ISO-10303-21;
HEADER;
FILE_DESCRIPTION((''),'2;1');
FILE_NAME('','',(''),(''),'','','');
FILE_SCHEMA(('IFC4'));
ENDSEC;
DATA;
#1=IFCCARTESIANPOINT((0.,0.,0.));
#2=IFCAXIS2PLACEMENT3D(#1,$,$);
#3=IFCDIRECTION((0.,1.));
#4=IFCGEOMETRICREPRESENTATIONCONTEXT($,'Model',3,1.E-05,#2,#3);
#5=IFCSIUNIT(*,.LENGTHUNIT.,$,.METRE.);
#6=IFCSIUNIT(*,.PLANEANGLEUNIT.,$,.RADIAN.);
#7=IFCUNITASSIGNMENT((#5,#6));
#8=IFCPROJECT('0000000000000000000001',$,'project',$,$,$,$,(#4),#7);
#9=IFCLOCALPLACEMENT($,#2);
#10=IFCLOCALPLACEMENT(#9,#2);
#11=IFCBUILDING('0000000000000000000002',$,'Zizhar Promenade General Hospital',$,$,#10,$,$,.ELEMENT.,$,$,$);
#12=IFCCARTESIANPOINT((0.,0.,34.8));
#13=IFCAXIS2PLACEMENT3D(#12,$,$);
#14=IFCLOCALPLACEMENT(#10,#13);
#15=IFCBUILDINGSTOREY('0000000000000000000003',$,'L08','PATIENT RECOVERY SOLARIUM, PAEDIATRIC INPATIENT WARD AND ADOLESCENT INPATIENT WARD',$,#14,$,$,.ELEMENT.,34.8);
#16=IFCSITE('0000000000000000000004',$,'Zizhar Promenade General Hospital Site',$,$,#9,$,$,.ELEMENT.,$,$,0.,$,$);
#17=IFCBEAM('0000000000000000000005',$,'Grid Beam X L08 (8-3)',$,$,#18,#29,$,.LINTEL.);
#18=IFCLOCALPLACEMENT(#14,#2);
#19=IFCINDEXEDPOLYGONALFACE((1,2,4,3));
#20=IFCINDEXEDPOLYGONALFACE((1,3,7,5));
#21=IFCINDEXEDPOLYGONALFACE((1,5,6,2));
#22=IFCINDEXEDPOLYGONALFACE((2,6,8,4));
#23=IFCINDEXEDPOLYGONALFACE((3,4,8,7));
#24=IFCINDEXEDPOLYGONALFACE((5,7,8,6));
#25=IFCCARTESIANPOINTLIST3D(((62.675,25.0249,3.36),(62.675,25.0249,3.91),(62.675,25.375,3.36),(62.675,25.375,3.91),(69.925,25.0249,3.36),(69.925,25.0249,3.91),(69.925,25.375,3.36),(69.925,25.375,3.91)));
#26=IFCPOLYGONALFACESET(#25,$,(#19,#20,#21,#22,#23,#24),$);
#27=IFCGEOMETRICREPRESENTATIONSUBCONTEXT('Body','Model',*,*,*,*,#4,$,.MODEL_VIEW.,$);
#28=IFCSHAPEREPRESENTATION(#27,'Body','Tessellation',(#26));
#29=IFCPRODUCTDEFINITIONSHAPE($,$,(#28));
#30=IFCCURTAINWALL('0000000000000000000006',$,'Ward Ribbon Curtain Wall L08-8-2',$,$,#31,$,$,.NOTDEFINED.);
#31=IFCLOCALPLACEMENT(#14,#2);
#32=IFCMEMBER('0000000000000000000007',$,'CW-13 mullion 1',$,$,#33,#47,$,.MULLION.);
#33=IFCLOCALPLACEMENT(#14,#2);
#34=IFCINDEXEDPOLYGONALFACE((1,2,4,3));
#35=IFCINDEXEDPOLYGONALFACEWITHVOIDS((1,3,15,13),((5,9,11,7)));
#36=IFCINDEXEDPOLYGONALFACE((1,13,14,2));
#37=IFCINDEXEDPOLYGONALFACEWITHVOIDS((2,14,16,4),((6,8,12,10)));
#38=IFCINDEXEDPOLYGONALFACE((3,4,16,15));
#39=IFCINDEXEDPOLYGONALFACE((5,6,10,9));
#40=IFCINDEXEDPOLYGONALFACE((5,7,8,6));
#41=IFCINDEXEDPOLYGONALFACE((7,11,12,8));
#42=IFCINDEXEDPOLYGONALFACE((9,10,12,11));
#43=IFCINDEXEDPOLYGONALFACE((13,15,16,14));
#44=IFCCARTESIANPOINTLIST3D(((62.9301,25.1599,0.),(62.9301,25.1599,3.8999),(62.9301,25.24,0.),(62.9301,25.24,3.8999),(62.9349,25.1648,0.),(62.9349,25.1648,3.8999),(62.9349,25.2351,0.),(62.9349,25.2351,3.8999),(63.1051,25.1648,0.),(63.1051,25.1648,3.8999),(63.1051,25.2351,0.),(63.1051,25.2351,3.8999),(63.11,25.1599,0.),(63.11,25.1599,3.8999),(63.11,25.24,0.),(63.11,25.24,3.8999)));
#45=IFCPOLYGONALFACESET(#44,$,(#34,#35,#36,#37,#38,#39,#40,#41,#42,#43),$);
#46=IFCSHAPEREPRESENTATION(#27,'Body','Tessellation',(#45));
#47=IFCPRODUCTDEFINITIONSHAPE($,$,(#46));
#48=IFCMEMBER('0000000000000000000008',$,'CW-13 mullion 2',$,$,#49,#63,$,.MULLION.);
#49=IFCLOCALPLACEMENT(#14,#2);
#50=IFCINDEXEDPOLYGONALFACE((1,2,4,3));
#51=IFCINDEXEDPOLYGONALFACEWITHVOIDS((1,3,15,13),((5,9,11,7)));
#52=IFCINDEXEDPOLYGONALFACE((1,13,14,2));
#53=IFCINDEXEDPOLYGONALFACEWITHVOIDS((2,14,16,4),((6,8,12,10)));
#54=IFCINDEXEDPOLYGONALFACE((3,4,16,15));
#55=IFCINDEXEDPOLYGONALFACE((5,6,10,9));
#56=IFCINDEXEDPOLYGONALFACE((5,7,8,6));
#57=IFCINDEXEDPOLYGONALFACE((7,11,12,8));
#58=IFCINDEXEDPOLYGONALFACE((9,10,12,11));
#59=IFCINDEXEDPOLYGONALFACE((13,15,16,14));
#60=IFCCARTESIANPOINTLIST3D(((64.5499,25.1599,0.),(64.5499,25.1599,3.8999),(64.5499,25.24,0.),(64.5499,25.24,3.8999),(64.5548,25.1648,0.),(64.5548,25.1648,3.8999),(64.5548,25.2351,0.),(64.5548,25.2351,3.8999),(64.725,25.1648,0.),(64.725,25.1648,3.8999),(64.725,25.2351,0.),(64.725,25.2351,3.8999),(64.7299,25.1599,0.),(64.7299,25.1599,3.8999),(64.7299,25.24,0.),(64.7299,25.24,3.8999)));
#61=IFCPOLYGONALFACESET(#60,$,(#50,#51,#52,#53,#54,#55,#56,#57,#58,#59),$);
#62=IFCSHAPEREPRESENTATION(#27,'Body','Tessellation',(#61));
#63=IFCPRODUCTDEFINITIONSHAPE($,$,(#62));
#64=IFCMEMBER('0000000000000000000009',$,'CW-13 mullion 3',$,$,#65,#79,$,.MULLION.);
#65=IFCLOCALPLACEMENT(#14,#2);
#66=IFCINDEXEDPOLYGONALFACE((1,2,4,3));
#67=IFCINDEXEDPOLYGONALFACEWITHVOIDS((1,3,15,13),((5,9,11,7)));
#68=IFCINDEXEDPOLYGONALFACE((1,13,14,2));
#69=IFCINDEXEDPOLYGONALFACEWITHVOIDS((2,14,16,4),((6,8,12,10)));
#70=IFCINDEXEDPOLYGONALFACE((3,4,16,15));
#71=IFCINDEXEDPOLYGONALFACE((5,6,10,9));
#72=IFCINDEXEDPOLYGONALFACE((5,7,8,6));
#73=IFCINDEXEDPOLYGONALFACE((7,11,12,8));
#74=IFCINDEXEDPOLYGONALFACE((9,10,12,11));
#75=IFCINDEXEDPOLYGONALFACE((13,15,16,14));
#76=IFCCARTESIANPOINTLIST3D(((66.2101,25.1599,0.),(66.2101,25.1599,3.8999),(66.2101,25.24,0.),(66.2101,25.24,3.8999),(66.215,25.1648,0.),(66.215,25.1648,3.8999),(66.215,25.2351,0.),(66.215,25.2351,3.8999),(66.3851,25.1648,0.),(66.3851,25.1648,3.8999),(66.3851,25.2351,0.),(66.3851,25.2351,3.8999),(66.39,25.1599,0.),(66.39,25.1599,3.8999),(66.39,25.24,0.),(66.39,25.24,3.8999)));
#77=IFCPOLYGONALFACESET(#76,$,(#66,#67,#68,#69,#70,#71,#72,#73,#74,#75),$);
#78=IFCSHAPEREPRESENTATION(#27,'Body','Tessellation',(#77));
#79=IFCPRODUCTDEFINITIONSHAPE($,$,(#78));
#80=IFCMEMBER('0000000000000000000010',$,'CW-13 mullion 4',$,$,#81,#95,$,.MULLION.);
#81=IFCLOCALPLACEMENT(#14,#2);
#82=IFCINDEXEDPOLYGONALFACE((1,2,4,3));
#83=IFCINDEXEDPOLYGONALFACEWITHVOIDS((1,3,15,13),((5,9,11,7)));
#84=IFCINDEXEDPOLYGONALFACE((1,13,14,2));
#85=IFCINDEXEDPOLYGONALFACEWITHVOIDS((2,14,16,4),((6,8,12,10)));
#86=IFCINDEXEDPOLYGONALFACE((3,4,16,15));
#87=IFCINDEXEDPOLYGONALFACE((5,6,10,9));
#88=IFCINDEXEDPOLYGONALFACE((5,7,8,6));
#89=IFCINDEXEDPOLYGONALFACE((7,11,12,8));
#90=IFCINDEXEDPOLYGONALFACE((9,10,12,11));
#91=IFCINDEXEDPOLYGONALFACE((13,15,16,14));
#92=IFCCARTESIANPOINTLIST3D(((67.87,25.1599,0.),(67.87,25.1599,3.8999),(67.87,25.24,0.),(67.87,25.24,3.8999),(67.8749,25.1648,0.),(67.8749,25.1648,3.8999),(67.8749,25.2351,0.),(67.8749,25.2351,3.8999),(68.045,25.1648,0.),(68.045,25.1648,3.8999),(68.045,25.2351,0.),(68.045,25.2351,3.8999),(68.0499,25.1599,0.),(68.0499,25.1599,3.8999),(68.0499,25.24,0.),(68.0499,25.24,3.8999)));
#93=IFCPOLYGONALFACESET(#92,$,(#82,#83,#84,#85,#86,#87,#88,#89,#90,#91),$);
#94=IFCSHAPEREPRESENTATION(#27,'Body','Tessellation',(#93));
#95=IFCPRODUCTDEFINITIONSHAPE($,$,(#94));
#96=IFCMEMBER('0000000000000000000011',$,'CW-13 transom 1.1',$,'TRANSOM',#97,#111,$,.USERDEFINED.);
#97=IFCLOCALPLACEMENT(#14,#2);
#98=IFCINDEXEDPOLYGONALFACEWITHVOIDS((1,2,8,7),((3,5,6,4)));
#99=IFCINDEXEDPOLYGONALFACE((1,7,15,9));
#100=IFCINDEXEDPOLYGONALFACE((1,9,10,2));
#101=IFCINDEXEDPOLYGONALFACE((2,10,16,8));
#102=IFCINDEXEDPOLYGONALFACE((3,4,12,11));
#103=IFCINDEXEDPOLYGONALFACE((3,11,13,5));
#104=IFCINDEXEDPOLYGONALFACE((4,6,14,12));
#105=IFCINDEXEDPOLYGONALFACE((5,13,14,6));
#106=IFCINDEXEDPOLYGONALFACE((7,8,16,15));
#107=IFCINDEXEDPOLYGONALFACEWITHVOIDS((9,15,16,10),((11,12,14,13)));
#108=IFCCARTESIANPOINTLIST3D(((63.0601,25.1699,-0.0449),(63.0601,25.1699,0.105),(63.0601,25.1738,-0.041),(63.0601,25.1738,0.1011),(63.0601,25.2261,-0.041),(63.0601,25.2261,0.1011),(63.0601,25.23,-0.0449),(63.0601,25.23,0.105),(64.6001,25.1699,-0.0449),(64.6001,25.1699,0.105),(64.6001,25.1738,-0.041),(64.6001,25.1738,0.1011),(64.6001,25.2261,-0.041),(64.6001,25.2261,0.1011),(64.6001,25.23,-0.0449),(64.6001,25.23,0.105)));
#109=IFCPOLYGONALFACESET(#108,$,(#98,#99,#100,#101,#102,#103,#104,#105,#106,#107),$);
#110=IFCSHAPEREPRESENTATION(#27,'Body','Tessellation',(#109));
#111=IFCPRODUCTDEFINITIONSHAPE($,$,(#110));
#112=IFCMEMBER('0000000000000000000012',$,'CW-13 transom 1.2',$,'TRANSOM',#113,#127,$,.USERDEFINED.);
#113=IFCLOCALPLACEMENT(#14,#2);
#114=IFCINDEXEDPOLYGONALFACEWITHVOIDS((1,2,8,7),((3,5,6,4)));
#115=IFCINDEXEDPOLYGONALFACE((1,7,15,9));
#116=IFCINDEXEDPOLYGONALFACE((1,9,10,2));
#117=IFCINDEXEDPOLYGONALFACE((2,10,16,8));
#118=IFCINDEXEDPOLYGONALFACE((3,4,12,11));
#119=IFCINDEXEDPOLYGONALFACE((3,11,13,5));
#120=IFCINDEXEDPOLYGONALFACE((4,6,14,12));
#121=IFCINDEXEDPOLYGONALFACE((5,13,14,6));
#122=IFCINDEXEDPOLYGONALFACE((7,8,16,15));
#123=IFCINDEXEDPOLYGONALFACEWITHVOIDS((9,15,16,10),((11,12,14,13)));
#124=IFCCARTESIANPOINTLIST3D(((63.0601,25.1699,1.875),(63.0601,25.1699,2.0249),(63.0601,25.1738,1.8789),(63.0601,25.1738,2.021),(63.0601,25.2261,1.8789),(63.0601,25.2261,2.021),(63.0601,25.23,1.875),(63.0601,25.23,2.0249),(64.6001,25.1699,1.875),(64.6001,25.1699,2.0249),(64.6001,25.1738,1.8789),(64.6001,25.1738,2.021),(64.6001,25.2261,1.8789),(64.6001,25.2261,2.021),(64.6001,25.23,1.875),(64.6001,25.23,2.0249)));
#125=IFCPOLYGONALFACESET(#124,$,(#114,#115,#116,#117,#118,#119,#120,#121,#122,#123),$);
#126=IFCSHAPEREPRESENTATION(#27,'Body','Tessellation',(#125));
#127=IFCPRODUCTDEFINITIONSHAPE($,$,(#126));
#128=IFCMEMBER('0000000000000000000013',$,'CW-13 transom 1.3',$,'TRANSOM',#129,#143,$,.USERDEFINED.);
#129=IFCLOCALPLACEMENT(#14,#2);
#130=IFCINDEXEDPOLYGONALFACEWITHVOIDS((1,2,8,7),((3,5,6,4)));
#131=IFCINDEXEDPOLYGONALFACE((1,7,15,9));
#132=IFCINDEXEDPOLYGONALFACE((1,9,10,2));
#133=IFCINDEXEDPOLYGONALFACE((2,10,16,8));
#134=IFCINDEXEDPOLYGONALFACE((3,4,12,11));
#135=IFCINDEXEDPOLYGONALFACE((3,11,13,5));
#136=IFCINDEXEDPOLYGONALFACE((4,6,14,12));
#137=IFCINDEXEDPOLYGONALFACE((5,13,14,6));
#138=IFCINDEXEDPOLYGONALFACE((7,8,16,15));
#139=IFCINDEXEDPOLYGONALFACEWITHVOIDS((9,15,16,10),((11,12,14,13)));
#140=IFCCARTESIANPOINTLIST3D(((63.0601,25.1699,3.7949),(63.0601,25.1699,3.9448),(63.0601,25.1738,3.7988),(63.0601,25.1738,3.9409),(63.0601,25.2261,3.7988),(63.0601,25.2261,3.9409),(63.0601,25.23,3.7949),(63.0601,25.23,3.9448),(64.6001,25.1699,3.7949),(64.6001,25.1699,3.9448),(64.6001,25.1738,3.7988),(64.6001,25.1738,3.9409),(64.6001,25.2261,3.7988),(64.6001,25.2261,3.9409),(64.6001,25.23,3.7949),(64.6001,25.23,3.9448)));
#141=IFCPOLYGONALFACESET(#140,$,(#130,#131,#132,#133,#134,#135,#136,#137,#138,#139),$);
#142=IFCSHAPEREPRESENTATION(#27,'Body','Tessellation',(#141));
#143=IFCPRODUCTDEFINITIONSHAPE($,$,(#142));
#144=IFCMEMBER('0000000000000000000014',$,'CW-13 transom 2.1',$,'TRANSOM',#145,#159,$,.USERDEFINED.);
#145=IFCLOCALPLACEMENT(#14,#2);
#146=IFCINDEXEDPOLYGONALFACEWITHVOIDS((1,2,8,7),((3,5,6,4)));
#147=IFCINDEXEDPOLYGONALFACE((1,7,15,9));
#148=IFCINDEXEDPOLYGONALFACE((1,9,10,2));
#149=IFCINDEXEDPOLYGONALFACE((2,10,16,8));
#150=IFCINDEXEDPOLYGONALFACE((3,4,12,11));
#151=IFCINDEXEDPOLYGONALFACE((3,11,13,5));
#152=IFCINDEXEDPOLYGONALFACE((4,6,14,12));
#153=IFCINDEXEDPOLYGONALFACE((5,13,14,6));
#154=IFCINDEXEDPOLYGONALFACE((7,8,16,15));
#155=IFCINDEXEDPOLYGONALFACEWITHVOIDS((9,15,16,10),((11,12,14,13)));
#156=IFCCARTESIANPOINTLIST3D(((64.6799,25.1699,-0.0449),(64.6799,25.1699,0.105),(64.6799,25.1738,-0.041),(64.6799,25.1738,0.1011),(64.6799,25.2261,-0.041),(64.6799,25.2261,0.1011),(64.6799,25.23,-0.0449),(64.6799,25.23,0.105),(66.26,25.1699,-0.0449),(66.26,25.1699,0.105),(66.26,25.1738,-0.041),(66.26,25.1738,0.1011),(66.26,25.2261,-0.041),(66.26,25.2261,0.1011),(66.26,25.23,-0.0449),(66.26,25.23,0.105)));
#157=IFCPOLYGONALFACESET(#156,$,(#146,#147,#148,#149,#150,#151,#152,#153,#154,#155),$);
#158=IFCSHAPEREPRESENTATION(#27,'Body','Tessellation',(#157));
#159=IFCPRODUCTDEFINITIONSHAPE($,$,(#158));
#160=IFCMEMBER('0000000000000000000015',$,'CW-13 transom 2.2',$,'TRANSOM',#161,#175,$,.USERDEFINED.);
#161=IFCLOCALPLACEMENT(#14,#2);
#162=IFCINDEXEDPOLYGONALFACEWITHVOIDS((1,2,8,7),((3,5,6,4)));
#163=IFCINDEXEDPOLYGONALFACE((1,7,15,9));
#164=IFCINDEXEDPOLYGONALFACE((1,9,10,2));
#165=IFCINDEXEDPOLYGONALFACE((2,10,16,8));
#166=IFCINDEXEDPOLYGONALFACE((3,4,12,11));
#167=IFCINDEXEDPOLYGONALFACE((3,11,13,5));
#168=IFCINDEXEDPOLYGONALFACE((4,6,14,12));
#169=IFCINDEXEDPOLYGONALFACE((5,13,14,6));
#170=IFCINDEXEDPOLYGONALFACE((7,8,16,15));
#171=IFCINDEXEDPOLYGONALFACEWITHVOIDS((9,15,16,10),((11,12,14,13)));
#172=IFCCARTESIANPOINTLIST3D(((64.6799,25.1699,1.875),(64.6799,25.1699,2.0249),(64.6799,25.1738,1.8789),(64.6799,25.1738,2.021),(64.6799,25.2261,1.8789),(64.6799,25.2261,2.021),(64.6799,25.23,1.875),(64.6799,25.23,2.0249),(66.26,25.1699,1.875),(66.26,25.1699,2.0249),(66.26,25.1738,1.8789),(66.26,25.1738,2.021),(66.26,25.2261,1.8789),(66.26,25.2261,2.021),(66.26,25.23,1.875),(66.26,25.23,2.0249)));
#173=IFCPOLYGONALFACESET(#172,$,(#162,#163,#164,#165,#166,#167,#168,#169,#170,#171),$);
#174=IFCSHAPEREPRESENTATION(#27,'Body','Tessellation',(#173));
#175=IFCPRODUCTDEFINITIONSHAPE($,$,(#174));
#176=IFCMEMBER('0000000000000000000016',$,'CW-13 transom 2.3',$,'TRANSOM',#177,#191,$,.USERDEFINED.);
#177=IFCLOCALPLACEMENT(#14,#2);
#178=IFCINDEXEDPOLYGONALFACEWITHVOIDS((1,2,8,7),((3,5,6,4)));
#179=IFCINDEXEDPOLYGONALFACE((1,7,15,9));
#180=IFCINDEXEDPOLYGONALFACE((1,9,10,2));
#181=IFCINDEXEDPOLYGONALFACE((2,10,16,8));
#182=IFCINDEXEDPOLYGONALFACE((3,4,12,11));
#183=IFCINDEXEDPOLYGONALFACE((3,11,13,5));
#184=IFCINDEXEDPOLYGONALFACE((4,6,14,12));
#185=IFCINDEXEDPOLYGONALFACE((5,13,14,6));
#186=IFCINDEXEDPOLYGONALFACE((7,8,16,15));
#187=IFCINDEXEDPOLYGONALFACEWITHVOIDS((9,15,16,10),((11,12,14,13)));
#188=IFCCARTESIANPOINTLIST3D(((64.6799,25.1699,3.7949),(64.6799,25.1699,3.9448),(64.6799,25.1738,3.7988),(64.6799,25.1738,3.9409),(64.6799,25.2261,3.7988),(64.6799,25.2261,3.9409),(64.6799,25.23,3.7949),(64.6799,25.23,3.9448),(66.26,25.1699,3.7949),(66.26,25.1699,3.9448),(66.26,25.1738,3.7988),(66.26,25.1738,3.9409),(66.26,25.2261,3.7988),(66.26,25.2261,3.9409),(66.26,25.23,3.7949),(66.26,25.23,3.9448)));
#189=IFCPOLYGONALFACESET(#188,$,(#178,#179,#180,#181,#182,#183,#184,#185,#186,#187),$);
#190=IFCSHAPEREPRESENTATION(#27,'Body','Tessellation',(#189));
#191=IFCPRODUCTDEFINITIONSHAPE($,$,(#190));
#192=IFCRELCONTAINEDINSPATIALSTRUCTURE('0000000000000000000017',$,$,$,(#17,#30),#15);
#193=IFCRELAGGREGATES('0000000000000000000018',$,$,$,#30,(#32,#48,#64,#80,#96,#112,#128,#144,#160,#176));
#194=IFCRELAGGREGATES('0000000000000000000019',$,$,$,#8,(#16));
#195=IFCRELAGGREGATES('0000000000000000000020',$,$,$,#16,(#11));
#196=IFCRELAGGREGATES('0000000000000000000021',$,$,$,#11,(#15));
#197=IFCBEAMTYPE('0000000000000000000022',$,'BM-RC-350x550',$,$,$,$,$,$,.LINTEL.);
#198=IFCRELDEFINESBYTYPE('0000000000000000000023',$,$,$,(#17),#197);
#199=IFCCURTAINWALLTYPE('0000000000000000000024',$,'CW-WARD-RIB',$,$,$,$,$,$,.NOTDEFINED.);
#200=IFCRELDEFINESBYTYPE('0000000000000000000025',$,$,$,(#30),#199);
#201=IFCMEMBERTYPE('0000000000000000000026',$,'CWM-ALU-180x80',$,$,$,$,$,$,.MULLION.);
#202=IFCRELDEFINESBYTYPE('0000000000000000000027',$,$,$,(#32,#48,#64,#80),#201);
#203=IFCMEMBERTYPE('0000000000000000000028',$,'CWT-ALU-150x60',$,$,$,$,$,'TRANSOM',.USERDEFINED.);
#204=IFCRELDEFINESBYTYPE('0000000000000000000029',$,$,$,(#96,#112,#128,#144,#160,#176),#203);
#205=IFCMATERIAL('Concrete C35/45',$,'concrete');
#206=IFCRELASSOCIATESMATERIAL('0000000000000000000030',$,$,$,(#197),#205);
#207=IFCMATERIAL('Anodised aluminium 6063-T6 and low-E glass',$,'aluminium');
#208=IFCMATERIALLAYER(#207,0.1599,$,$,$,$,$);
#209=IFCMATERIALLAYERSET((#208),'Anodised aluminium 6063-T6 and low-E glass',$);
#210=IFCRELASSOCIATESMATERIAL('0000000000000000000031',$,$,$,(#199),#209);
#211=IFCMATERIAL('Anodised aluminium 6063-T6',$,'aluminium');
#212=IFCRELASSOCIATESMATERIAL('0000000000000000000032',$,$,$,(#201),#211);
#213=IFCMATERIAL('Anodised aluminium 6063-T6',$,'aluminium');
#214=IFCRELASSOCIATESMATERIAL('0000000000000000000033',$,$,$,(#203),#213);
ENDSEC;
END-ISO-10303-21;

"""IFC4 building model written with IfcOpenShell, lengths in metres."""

from ifc_helpers import new_model, si_unit, direction, frame, origin, origin_2d, place, context, subcontext, project, spatial, rectangle, hollow_rectangle, extrude, material, layer, layer_set, material_profile, profile_set, type_object, element, aggregate, save


model = new_model("IFC4")

# Units and contexts
model_context = context("Model", 3, precision=1e-05, world=origin(), true_north=direction((0.0, 1.0)))
body_context = subcontext(model_context, "Body", "Model", "MODEL_VIEW")
ifc_project = project(units=[si_unit("LENGTHUNIT", "METRE"), si_unit("PLANEANGLEUNIT", "RADIAN")], contexts=[model_context])

# Site, building, storey
site_placement = place(None, origin())
site = spatial("IfcSite", under=ifc_project, at=site_placement, Name="Zizhar Promenade General Hospital Site", CompositionType="ELEMENT", RefElevation=0.0)
building_placement = place(site_placement, origin())
building = spatial("IfcBuilding", under=site, at=building_placement, Name="Zizhar Promenade General Hospital", CompositionType="ELEMENT")
storey_placement = place(building_placement, frame((0.0, 0.0, 34.8)))
storey = spatial("IfcBuildingStorey", under=building, at=storey_placement, Name="L08", Description="PATIENT RECOVERY SOLARIUM, PAEDIATRIC INPATIENT WARD AND ADOLESCENT INPATIENT WARD", CompositionType="ELEMENT", Elevation=34.8)

# Beam
ifc_material_1 = material(Name="Concrete C35/45", Category="concrete")
ifc_material_profile_1 = material_profile(ifc_material_1, rectangle(XDim=0.3501, YDim=0.55, at=origin_2d()))
ifc_profile_set_1 = profile_set([ifc_material_profile_1], Name="Concrete C35/45")
beam_type = type_object("IfcBeamType", Name="BM-RC-350x550", PredefinedType="LINTEL", material=ifc_profile_set_1)
beam_placement = place(storey_placement, frame((62.675, 25.2, 3.635), z_axis=(1.0, 0.0, 0.0), x_axis=(0.0, 1.0, 0.0)))
element("IfcBeam", 1, at=beam_placement, inside=storey, type_object=beam_type, Name="Grid Beam X L08 (8-3)", PredefinedType="LINTEL", context=body_context, shape_type="SweptSolid", body=[
    extrude(rectangle(XDim=0.3501, YDim=0.55, at=origin_2d()), origin(), (0.0, 0.0, 1.0), 7.25),
])

# Curtain wall, members
ifc_material_2 = material(Name="Anodised aluminium 6063-T6 and low-E glass", Category="aluminium")
ifc_layer_1 = layer(ifc_material_2, 0.1599)
ifc_layer_set_1 = layer_set([ifc_layer_1], Name="Anodised aluminium 6063-T6 and low-E glass")
curtain_wall_type = type_object("IfcCurtainWallType", Name="CW-WARD-RIB", PredefinedType="NOTDEFINED", material=ifc_layer_set_1)
curtain_wall_placement = place(storey_placement, origin())
curtain_wall = element("IfcCurtainWall", 2, at=curtain_wall_placement, inside=storey, type_object=curtain_wall_type, Name="Ward Ribbon Curtain Wall L08-8-2", PredefinedType="NOTDEFINED")
ifc_material_3 = material(Name="Anodised aluminium 6063-T6", Category="aluminium")
ifc_material_profile_2 = material_profile(ifc_material_3, hollow_rectangle(XDim=0.0801, YDim=0.1799, WallThickness=0.0049, at=origin_2d()))
ifc_profile_set_2 = profile_set([ifc_material_profile_2], Name="Anodised aluminium 6063-T6")
member_type_1 = type_object("IfcMemberType", Name="CWM-ALU-180x80", PredefinedType="MULLION", material=ifc_profile_set_2)
member_1_placement = place(storey_placement, frame((63.02, 25.2, 0.0), z_axis=(0.0, 0.0, 1.0), x_axis=(0.0, 1.0, 0.0)))
member_1 = element("IfcMember", 3, at=member_1_placement, type_object=member_type_1, Name="CW-13 mullion 1", PredefinedType="MULLION", context=body_context, shape_type="SweptSolid", body=[
    extrude(hollow_rectangle(XDim=0.0801, YDim=0.1799, WallThickness=0.0049, at=origin_2d()), origin(), (0.0, 0.0, 1.0), 3.8999),
])
member_2_placement = place(storey_placement, frame((64.6399, 25.2, 0.0), z_axis=(0.0, 0.0, 1.0), x_axis=(0.0, 1.0, 0.0)))
member_2 = element("IfcMember", 4, at=member_2_placement, type_object=member_type_1, Name="CW-13 mullion 2", PredefinedType="MULLION", context=body_context, shape_type="SweptSolid", body=[
    extrude(hollow_rectangle(XDim=0.0801, YDim=0.1799, WallThickness=0.0049, at=origin_2d()), origin(), (0.0, 0.0, 1.0), 3.8999),
])
member_3_placement = place(storey_placement, frame((66.3, 25.2, 0.0), z_axis=(0.0, 0.0, 1.0), x_axis=(0.0, 1.0, 0.0)))
member_3 = element("IfcMember", 5, at=member_3_placement, type_object=member_type_1, Name="CW-13 mullion 3", PredefinedType="MULLION", context=body_context, shape_type="SweptSolid", body=[
    extrude(hollow_rectangle(XDim=0.0801, YDim=0.1799, WallThickness=0.0049, at=origin_2d()), origin(), (0.0, 0.0, 1.0), 3.8999),
])
member_4_placement = place(storey_placement, frame((67.96, 25.2, 0.0), z_axis=(0.0, 0.0, 1.0), x_axis=(0.0, 1.0, 0.0)))
member_4 = element("IfcMember", 6, at=member_4_placement, type_object=member_type_1, Name="CW-13 mullion 4", PredefinedType="MULLION", context=body_context, shape_type="SweptSolid", body=[
    extrude(hollow_rectangle(XDim=0.0801, YDim=0.1799, WallThickness=0.0049, at=origin_2d()), origin(), (0.0, 0.0, 1.0), 3.8999),
])
ifc_material_4 = material(Name="Anodised aluminium 6063-T6", Category="aluminium")
ifc_material_profile_3 = material_profile(ifc_material_4, hollow_rectangle(XDim=0.0601, YDim=0.1499, WallThickness=0.0039, at=origin_2d()))
ifc_profile_set_3 = profile_set([ifc_material_profile_3], Name="Anodised aluminium 6063-T6")
member_type_2 = type_object("IfcMemberType", Name="CWT-ALU-150x60", ElementType="TRANSOM", PredefinedType="USERDEFINED", material=ifc_profile_set_3)
member_5_placement = place(storey_placement, frame((63.0601, 25.2, 0.03), z_axis=(1.0, 0.0, 0.0), x_axis=(0.0, 1.0, 0.0)))
member_5 = element("IfcMember", 7, at=member_5_placement, type_object=member_type_2, Name="CW-13 transom 1.1", ObjectType="TRANSOM", PredefinedType="USERDEFINED", context=body_context, shape_type="SweptSolid", body=[
    extrude(hollow_rectangle(XDim=0.0601, YDim=0.1499, WallThickness=0.0039, at=origin_2d()), origin(), (0.0, 0.0, 1.0), 1.54),
])
member_6_placement = place(storey_placement, frame((63.0601, 25.2, 1.95), z_axis=(1.0, 0.0, 0.0), x_axis=(0.0, 1.0, 0.0)))
member_6 = element("IfcMember", 8, at=member_6_placement, type_object=member_type_2, Name="CW-13 transom 1.2", ObjectType="TRANSOM", PredefinedType="USERDEFINED", context=body_context, shape_type="SweptSolid", body=[
    extrude(hollow_rectangle(XDim=0.0601, YDim=0.1499, WallThickness=0.0039, at=origin_2d()), origin(), (0.0, 0.0, 1.0), 1.54),
])
member_7_placement = place(storey_placement, frame((63.0601, 25.2, 3.8699), z_axis=(1.0, 0.0, 0.0), x_axis=(0.0, 1.0, 0.0)))
member_7 = element("IfcMember", 9, at=member_7_placement, type_object=member_type_2, Name="CW-13 transom 1.3", ObjectType="TRANSOM", PredefinedType="USERDEFINED", context=body_context, shape_type="SweptSolid", body=[
    extrude(hollow_rectangle(XDim=0.0601, YDim=0.1499, WallThickness=0.0039, at=origin_2d()), origin(), (0.0, 0.0, 1.0), 1.54),
])
member_8_placement = place(storey_placement, frame((64.6799, 25.2, 0.03), z_axis=(1.0, 0.0, 0.0), x_axis=(0.0, 1.0, 0.0)))
member_8 = element("IfcMember", 10, at=member_8_placement, type_object=member_type_2, Name="CW-13 transom 2.1", ObjectType="TRANSOM", PredefinedType="USERDEFINED", context=body_context, shape_type="SweptSolid", body=[
    extrude(hollow_rectangle(XDim=0.0601, YDim=0.1499, WallThickness=0.0039, at=origin_2d()), origin(), (0.0, 0.0, 1.0), 1.5801),
])
member_9_placement = place(storey_placement, frame((64.6799, 25.2, 1.95), z_axis=(1.0, 0.0, 0.0), x_axis=(0.0, 1.0, 0.0)))
member_9 = element("IfcMember", 11, at=member_9_placement, type_object=member_type_2, Name="CW-13 transom 2.2", ObjectType="TRANSOM", PredefinedType="USERDEFINED", context=body_context, shape_type="SweptSolid", body=[
    extrude(hollow_rectangle(XDim=0.0601, YDim=0.1499, WallThickness=0.0039, at=origin_2d()), origin(), (0.0, 0.0, 1.0), 1.5801),
])
member_10_placement = place(storey_placement, frame((64.6799, 25.2, 3.8699), z_axis=(1.0, 0.0, 0.0), x_axis=(0.0, 1.0, 0.0)))
member_10 = element("IfcMember", 12, at=member_10_placement, type_object=member_type_2, Name="CW-13 transom 2.3", ObjectType="TRANSOM", PredefinedType="USERDEFINED", context=body_context, shape_type="SweptSolid", body=[
    extrude(hollow_rectangle(XDim=0.0601, YDim=0.1499, WallThickness=0.0039, at=origin_2d()), origin(), (0.0, 0.0, 1.0), 1.5801),
])
aggregate(curtain_wall, [member_1, member_2, member_3, member_4, member_5, member_6, member_7, member_8, member_9, member_10])

save(model, "model.ifc")
